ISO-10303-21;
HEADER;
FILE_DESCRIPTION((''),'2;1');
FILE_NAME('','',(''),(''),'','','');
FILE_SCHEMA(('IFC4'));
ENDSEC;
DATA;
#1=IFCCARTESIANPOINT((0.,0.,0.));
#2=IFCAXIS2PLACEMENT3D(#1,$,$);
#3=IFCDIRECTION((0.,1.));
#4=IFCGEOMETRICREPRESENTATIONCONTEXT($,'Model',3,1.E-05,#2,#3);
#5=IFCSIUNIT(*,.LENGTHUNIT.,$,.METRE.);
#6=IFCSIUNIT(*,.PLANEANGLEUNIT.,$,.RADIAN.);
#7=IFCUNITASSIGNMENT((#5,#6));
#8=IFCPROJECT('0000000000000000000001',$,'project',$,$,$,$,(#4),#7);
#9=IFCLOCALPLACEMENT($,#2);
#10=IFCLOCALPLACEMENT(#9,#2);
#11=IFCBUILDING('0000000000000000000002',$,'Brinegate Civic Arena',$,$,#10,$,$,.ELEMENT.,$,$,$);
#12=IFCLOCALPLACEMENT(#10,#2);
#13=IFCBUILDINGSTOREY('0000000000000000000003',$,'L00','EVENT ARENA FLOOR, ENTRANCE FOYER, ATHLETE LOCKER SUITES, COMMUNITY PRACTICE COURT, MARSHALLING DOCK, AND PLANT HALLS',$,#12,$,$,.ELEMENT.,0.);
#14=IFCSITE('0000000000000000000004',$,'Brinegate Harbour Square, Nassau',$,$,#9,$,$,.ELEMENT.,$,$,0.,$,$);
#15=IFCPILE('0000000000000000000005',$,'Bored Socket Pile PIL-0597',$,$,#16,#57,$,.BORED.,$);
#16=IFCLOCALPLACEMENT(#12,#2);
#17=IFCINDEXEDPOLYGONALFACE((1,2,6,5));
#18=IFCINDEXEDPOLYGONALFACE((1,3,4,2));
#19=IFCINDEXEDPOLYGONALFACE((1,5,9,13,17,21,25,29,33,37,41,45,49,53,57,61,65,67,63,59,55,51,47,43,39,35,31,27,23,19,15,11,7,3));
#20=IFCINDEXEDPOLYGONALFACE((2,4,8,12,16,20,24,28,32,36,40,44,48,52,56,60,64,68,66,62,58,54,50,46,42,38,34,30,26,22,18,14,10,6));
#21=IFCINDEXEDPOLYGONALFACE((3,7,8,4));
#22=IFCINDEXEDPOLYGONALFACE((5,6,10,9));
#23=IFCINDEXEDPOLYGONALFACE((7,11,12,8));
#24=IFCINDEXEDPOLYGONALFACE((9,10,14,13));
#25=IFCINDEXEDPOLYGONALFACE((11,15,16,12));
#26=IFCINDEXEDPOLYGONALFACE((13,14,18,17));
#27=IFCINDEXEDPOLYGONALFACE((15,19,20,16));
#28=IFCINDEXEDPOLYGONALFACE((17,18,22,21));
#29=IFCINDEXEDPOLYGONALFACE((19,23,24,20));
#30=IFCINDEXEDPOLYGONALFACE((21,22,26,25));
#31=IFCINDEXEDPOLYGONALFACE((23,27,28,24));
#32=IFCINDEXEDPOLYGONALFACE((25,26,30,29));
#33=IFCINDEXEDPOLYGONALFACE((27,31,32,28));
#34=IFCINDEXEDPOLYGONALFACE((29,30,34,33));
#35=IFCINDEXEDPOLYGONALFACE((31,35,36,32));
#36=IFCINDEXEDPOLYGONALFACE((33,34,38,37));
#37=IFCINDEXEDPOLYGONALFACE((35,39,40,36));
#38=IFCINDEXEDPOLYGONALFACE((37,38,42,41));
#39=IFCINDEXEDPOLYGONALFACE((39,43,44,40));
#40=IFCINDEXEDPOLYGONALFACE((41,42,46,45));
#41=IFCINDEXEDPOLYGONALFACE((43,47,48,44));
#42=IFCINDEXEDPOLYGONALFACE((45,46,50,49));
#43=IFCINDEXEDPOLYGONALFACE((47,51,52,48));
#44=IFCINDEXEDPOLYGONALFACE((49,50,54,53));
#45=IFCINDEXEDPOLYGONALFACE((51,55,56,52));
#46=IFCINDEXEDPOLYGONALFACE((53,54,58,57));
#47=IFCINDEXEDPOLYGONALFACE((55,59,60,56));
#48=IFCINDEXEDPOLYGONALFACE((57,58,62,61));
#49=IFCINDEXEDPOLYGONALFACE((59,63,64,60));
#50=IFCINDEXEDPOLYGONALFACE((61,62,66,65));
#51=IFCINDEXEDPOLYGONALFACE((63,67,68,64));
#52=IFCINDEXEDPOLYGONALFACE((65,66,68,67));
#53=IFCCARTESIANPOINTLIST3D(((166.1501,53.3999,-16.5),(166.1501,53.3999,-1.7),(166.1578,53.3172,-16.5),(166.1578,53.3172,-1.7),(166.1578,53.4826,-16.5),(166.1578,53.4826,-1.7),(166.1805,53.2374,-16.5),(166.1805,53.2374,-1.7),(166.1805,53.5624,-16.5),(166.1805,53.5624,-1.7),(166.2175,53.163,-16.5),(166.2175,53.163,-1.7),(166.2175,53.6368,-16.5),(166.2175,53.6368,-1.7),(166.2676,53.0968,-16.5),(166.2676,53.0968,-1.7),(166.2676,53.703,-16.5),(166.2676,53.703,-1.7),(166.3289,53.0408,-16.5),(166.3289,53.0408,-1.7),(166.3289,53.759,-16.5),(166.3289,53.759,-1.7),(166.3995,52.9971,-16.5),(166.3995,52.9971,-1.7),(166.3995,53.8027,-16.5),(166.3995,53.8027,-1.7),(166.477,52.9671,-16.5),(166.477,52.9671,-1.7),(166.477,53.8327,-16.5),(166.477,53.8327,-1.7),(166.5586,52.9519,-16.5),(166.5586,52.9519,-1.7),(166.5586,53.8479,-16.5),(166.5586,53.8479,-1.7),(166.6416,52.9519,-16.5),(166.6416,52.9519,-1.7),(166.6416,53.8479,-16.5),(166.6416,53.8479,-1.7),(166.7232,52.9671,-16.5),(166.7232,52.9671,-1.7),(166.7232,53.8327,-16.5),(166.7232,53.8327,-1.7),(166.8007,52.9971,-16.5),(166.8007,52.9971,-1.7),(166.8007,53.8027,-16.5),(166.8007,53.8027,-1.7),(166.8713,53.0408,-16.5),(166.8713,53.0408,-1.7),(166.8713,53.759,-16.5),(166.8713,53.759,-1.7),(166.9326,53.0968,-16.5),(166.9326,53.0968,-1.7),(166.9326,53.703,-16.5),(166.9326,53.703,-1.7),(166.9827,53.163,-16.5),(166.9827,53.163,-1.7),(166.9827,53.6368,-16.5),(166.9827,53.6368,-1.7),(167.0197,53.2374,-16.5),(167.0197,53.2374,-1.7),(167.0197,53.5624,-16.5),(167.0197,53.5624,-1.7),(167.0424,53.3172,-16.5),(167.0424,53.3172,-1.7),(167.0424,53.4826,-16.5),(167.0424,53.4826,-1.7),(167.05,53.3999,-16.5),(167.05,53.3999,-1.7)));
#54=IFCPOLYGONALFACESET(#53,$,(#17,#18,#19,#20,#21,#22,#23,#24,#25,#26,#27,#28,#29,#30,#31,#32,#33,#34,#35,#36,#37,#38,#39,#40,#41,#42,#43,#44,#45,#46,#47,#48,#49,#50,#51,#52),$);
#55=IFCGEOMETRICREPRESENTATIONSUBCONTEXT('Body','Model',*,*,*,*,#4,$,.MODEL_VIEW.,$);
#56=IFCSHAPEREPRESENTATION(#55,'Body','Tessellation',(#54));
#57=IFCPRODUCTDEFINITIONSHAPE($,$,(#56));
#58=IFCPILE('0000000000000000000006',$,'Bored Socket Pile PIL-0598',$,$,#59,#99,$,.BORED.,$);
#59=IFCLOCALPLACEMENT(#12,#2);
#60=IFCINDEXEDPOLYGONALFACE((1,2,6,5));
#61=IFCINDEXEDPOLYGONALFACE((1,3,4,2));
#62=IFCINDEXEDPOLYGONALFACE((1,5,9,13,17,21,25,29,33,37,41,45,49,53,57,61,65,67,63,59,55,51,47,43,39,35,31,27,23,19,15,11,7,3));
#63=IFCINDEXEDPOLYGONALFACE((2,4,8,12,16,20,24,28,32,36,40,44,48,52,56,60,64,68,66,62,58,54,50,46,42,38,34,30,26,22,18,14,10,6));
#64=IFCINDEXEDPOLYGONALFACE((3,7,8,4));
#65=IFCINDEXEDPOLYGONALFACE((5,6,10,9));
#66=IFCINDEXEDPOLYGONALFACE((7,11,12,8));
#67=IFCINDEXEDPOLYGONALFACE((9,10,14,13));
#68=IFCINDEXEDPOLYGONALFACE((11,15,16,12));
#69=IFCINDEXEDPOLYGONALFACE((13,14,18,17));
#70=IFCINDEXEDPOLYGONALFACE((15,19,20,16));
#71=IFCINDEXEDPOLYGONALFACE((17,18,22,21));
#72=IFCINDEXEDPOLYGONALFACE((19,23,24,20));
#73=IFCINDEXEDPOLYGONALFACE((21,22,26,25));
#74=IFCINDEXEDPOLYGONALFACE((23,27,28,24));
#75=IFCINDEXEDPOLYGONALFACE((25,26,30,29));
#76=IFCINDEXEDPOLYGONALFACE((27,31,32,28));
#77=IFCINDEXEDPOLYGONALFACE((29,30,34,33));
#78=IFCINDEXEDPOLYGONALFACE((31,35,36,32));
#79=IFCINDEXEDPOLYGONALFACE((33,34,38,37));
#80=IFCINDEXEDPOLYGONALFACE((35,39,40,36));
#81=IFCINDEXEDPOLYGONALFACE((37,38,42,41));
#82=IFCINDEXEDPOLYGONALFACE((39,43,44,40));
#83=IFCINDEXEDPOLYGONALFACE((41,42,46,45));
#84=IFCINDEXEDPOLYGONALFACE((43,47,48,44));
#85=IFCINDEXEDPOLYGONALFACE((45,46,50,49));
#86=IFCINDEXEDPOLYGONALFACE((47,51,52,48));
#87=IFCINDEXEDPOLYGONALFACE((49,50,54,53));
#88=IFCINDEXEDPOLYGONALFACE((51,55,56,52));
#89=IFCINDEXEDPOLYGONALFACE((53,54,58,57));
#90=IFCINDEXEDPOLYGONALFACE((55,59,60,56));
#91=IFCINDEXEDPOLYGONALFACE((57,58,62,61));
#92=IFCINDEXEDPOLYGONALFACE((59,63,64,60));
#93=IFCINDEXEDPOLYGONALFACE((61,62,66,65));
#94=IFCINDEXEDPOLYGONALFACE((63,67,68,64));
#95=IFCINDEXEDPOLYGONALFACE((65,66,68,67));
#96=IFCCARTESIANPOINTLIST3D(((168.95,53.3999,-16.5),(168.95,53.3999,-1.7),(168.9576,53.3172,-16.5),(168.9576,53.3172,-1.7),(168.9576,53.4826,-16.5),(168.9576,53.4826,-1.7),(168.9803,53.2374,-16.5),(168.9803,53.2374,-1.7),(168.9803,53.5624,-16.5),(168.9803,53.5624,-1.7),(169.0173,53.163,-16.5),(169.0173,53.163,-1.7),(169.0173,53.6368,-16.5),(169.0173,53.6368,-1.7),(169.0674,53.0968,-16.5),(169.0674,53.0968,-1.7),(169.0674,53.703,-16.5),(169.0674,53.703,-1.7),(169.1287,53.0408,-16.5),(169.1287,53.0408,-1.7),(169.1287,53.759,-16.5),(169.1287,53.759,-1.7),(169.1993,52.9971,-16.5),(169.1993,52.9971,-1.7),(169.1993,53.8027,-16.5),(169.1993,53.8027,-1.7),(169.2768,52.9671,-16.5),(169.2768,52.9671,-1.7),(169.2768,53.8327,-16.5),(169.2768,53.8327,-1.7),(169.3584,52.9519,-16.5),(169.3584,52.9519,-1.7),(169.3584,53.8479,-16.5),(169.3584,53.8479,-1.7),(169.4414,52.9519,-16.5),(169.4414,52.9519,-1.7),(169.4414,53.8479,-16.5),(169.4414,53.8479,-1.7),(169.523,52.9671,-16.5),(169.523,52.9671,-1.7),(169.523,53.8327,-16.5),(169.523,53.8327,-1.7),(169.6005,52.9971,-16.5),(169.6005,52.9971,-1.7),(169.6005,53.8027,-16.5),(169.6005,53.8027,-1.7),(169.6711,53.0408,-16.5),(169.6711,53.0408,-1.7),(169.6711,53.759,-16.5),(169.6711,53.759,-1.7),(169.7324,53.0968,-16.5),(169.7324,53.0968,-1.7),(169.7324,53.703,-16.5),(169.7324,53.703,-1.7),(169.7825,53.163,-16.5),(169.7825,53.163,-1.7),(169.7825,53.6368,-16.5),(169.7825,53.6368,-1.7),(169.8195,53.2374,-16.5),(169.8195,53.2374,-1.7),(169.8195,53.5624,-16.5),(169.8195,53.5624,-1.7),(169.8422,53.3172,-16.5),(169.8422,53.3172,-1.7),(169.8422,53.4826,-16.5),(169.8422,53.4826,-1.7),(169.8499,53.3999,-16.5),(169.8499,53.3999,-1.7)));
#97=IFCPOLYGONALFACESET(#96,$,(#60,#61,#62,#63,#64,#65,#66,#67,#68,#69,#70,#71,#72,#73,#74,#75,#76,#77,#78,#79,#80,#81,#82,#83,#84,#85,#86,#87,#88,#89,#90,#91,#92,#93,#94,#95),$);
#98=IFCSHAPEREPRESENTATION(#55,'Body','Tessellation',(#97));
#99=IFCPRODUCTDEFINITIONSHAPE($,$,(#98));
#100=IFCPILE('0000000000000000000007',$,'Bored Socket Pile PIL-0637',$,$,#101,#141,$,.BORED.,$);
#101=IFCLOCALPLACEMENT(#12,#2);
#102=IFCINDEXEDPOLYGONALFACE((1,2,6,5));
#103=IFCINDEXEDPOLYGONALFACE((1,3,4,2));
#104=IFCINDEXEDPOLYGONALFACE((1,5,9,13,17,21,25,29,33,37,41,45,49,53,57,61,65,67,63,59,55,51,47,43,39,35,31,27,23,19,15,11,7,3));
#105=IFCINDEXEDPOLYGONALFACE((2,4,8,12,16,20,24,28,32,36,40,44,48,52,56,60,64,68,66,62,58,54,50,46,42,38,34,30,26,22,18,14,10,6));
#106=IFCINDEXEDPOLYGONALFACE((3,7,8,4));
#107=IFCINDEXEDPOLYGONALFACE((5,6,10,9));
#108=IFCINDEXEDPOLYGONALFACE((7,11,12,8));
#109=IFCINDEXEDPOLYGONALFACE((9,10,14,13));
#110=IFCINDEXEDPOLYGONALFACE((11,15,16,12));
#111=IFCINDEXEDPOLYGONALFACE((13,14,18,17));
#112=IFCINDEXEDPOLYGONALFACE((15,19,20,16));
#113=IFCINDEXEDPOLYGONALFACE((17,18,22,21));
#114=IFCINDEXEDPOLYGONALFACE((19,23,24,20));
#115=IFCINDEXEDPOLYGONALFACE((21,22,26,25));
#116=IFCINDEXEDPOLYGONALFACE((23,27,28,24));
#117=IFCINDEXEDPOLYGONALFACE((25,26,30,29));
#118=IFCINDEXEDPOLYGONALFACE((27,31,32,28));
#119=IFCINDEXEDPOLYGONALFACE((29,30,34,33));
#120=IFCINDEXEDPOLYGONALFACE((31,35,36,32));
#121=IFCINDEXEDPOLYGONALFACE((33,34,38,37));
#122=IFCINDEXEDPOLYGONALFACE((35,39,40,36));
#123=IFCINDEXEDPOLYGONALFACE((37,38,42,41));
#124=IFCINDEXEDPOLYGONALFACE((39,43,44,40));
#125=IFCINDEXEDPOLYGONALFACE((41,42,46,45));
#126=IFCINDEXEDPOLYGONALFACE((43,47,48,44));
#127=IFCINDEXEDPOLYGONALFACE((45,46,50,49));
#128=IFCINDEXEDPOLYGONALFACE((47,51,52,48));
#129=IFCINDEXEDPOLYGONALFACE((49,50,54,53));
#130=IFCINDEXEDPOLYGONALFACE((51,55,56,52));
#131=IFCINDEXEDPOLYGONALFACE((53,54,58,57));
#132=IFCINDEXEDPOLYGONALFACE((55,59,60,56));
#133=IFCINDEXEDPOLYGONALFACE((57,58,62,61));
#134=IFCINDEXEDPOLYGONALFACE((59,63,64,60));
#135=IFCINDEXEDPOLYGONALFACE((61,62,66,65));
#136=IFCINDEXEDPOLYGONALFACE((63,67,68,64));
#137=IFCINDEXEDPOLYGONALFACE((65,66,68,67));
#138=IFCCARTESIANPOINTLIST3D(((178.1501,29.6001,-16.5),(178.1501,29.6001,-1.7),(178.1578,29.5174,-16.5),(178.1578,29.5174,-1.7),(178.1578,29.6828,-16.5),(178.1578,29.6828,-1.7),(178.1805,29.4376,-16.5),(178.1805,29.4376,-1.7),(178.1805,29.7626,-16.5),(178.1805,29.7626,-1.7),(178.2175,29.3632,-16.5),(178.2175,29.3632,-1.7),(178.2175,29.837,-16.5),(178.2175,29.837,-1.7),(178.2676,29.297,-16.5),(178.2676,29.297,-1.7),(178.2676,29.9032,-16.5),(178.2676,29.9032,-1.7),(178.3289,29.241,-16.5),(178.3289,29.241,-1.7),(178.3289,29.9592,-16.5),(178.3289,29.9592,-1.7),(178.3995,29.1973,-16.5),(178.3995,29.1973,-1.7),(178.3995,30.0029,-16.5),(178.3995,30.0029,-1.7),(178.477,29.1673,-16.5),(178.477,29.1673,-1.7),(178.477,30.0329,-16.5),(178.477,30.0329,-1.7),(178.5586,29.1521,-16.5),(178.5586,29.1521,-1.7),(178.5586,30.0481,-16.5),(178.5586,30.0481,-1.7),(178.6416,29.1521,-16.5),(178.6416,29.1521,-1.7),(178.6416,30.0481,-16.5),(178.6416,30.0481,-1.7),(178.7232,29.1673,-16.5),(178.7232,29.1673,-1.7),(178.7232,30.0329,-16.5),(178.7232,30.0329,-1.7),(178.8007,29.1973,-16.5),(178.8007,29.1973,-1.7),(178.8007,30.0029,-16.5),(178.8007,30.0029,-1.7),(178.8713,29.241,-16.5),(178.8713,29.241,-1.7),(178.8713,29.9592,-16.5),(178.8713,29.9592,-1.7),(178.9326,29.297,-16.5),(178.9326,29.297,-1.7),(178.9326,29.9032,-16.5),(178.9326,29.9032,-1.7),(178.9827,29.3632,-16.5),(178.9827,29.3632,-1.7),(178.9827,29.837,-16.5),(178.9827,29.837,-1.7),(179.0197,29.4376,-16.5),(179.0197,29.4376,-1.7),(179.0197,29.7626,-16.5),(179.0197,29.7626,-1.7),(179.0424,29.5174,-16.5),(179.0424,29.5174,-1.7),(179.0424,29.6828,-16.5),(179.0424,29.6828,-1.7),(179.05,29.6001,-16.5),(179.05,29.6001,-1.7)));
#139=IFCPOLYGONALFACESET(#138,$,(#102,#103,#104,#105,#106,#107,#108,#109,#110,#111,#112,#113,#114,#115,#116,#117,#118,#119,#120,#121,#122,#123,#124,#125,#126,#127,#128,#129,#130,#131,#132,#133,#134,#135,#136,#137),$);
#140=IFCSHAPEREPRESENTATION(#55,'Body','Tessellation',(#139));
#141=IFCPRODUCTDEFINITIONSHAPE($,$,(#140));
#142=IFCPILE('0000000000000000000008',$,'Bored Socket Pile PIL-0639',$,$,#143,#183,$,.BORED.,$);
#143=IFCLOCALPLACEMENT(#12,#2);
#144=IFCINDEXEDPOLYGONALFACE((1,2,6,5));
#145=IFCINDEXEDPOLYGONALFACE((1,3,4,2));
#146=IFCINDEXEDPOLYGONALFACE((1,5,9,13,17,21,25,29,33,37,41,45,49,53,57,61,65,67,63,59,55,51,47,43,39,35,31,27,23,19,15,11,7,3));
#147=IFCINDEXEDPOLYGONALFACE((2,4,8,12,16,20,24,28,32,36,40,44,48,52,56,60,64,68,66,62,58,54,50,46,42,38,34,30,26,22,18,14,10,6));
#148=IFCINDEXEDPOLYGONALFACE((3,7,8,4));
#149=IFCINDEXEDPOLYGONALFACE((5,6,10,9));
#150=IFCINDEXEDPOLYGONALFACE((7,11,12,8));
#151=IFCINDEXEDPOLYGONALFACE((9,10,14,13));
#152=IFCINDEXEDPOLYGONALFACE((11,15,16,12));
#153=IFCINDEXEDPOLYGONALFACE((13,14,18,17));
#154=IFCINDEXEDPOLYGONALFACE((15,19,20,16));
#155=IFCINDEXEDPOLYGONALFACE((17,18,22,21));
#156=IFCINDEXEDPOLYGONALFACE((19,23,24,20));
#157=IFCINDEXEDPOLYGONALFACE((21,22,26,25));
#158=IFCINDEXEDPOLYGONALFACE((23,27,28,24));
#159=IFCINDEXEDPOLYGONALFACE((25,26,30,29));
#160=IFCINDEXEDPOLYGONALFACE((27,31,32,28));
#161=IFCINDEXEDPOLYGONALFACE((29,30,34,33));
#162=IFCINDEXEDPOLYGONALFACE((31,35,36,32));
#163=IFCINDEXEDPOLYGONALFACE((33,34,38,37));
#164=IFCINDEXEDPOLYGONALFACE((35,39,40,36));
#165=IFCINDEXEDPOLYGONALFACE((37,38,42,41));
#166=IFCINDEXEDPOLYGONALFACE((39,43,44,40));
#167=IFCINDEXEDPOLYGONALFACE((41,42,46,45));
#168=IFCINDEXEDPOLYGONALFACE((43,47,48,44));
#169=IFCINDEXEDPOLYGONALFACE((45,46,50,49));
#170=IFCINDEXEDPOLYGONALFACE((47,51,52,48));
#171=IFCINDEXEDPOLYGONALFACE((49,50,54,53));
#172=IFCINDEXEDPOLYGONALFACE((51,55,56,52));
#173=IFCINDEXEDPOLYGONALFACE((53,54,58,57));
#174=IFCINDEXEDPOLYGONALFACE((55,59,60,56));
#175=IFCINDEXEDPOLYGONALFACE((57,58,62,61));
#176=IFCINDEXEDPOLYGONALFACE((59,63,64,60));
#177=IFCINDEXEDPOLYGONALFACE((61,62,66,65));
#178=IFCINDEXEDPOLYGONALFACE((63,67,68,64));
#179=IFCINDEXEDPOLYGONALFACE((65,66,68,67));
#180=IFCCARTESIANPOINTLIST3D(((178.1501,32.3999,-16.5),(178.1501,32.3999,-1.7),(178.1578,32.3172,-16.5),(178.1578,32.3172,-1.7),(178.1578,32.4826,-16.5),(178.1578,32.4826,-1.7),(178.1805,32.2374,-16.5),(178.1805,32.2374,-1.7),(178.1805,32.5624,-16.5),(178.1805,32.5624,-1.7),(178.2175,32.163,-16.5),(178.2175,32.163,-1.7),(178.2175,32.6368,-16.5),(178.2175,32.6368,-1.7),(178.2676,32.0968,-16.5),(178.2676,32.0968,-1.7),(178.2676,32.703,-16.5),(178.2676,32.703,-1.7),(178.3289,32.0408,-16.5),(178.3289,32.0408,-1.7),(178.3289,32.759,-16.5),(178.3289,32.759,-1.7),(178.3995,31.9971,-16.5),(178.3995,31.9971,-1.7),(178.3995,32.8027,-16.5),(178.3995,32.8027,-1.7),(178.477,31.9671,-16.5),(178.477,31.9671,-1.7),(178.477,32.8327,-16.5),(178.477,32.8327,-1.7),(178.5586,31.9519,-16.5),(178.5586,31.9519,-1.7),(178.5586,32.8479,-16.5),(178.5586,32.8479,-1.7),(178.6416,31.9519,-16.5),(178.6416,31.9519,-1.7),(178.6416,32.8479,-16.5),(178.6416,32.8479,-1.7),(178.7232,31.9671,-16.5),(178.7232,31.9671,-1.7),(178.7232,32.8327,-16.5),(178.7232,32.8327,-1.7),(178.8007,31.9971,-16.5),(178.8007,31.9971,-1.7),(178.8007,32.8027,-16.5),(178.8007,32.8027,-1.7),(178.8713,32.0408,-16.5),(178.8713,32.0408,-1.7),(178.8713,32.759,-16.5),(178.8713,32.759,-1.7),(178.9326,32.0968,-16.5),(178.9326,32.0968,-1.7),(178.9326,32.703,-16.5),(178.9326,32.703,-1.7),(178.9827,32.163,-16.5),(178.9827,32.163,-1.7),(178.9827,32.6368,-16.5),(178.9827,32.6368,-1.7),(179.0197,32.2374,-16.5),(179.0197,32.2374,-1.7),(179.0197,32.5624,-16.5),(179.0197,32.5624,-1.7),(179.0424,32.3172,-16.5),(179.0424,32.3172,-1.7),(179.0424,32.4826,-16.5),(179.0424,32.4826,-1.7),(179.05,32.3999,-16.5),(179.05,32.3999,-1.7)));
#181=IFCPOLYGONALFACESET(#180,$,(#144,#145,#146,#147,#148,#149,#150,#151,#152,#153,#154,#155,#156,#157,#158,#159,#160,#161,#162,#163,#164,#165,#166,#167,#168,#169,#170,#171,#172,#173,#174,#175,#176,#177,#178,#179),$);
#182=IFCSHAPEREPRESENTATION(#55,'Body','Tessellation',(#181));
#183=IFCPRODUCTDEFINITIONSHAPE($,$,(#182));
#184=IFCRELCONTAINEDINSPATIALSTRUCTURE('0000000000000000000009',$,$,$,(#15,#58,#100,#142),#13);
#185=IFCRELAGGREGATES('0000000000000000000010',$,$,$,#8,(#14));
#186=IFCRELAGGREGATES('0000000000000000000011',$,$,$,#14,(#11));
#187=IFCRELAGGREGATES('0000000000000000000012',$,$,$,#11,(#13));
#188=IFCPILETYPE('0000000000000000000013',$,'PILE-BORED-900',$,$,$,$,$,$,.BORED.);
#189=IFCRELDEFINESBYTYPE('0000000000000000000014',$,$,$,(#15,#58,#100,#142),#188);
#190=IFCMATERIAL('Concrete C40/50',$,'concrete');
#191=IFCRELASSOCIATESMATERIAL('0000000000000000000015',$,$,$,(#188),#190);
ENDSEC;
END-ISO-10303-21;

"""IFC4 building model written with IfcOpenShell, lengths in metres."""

from ifc_helpers import new_model, si_unit, direction, frame, origin, origin_2d, place, context, subcontext, project, spatial, circle, extrude, material, material_profile, profile_set, type_object, element, save


model = new_model("IFC4")

# Units and contexts
model_context = context("Model", 3, precision=1e-05, world=origin(), true_north=direction((0.0, 1.0)))
body_context = subcontext(model_context, "Body", "Model", "MODEL_VIEW")
ifc_project = project(units=[si_unit("LENGTHUNIT", "METRE"), si_unit("PLANEANGLEUNIT", "RADIAN")], contexts=[model_context])

# Site, building, storey
site_placement = place(None, origin())
site = spatial("IfcSite", under=ifc_project, at=site_placement, Name="Brinegate Harbour Square, Nassau", CompositionType="ELEMENT", RefElevation=0.0)
building_placement = place(site_placement, origin())
building = spatial("IfcBuilding", under=site, at=building_placement, Name="Brinegate Civic Arena", CompositionType="ELEMENT")
storey_placement = place(building_placement, origin())
storey = spatial("IfcBuildingStorey", under=building, at=storey_placement, Name="L00", Description="EVENT ARENA FLOOR, ENTRANCE FOYER, ATHLETE LOCKER SUITES, COMMUNITY PRACTICE COURT, MARSHALLING DOCK, AND PLANT HALLS", CompositionType="ELEMENT", Elevation=0.0)

# Shared definitions
ifc_material_1 = material(Name="Concrete C40/50", Category="concrete")

# Piles
ifc_material_profile_1 = material_profile(ifc_material_1, circle(Radius=0.45, at=origin_2d()), Name="PILED900")
ifc_profile_set_1 = profile_set([ifc_material_profile_1], Name="Concrete C40/50")
pile_type_1 = type_object("IfcPileType", Name="PILE-BORED-900", PredefinedType="BORED", material=ifc_profile_set_1)
for number, where, z_axis, x_axis, name in (
    (1, (166.6001, 53.3999, -1.7), (0.0, 0.0, -1.0), (1.0, 0.0, 0.0), "Bored Socket Pile PIL-0597"),
    (2, (169.3999, 53.3999, -1.7), (0.0, 0.0, -1.0), (1.0, 0.0, 0.0), "Bored Socket Pile PIL-0598"),
    (3, (178.6001, 29.6001, -1.7), (0.0, 0.0, -1.0), (1.0, 0.0, 0.0), "Bored Socket Pile PIL-0637"),
    (4, (178.6001, 32.3999, -1.7), (0.0, 0.0, -1.0), (1.0, 0.0, 0.0), "Bored Socket Pile PIL-0639"),
):
    element("IfcPile", number, at=place(storey_placement, frame(where, z_axis=z_axis, x_axis=x_axis)), inside=storey, type_object=pile_type_1, Name=name, PredefinedType="BORED", context=body_context, shape_type="SweptSolid", body=[
        extrude(circle(Radius=0.45, at=origin_2d()), origin(), (0.0, 0.0, 1.0), 14.8),
    ])

save(model, "model.ifc")
